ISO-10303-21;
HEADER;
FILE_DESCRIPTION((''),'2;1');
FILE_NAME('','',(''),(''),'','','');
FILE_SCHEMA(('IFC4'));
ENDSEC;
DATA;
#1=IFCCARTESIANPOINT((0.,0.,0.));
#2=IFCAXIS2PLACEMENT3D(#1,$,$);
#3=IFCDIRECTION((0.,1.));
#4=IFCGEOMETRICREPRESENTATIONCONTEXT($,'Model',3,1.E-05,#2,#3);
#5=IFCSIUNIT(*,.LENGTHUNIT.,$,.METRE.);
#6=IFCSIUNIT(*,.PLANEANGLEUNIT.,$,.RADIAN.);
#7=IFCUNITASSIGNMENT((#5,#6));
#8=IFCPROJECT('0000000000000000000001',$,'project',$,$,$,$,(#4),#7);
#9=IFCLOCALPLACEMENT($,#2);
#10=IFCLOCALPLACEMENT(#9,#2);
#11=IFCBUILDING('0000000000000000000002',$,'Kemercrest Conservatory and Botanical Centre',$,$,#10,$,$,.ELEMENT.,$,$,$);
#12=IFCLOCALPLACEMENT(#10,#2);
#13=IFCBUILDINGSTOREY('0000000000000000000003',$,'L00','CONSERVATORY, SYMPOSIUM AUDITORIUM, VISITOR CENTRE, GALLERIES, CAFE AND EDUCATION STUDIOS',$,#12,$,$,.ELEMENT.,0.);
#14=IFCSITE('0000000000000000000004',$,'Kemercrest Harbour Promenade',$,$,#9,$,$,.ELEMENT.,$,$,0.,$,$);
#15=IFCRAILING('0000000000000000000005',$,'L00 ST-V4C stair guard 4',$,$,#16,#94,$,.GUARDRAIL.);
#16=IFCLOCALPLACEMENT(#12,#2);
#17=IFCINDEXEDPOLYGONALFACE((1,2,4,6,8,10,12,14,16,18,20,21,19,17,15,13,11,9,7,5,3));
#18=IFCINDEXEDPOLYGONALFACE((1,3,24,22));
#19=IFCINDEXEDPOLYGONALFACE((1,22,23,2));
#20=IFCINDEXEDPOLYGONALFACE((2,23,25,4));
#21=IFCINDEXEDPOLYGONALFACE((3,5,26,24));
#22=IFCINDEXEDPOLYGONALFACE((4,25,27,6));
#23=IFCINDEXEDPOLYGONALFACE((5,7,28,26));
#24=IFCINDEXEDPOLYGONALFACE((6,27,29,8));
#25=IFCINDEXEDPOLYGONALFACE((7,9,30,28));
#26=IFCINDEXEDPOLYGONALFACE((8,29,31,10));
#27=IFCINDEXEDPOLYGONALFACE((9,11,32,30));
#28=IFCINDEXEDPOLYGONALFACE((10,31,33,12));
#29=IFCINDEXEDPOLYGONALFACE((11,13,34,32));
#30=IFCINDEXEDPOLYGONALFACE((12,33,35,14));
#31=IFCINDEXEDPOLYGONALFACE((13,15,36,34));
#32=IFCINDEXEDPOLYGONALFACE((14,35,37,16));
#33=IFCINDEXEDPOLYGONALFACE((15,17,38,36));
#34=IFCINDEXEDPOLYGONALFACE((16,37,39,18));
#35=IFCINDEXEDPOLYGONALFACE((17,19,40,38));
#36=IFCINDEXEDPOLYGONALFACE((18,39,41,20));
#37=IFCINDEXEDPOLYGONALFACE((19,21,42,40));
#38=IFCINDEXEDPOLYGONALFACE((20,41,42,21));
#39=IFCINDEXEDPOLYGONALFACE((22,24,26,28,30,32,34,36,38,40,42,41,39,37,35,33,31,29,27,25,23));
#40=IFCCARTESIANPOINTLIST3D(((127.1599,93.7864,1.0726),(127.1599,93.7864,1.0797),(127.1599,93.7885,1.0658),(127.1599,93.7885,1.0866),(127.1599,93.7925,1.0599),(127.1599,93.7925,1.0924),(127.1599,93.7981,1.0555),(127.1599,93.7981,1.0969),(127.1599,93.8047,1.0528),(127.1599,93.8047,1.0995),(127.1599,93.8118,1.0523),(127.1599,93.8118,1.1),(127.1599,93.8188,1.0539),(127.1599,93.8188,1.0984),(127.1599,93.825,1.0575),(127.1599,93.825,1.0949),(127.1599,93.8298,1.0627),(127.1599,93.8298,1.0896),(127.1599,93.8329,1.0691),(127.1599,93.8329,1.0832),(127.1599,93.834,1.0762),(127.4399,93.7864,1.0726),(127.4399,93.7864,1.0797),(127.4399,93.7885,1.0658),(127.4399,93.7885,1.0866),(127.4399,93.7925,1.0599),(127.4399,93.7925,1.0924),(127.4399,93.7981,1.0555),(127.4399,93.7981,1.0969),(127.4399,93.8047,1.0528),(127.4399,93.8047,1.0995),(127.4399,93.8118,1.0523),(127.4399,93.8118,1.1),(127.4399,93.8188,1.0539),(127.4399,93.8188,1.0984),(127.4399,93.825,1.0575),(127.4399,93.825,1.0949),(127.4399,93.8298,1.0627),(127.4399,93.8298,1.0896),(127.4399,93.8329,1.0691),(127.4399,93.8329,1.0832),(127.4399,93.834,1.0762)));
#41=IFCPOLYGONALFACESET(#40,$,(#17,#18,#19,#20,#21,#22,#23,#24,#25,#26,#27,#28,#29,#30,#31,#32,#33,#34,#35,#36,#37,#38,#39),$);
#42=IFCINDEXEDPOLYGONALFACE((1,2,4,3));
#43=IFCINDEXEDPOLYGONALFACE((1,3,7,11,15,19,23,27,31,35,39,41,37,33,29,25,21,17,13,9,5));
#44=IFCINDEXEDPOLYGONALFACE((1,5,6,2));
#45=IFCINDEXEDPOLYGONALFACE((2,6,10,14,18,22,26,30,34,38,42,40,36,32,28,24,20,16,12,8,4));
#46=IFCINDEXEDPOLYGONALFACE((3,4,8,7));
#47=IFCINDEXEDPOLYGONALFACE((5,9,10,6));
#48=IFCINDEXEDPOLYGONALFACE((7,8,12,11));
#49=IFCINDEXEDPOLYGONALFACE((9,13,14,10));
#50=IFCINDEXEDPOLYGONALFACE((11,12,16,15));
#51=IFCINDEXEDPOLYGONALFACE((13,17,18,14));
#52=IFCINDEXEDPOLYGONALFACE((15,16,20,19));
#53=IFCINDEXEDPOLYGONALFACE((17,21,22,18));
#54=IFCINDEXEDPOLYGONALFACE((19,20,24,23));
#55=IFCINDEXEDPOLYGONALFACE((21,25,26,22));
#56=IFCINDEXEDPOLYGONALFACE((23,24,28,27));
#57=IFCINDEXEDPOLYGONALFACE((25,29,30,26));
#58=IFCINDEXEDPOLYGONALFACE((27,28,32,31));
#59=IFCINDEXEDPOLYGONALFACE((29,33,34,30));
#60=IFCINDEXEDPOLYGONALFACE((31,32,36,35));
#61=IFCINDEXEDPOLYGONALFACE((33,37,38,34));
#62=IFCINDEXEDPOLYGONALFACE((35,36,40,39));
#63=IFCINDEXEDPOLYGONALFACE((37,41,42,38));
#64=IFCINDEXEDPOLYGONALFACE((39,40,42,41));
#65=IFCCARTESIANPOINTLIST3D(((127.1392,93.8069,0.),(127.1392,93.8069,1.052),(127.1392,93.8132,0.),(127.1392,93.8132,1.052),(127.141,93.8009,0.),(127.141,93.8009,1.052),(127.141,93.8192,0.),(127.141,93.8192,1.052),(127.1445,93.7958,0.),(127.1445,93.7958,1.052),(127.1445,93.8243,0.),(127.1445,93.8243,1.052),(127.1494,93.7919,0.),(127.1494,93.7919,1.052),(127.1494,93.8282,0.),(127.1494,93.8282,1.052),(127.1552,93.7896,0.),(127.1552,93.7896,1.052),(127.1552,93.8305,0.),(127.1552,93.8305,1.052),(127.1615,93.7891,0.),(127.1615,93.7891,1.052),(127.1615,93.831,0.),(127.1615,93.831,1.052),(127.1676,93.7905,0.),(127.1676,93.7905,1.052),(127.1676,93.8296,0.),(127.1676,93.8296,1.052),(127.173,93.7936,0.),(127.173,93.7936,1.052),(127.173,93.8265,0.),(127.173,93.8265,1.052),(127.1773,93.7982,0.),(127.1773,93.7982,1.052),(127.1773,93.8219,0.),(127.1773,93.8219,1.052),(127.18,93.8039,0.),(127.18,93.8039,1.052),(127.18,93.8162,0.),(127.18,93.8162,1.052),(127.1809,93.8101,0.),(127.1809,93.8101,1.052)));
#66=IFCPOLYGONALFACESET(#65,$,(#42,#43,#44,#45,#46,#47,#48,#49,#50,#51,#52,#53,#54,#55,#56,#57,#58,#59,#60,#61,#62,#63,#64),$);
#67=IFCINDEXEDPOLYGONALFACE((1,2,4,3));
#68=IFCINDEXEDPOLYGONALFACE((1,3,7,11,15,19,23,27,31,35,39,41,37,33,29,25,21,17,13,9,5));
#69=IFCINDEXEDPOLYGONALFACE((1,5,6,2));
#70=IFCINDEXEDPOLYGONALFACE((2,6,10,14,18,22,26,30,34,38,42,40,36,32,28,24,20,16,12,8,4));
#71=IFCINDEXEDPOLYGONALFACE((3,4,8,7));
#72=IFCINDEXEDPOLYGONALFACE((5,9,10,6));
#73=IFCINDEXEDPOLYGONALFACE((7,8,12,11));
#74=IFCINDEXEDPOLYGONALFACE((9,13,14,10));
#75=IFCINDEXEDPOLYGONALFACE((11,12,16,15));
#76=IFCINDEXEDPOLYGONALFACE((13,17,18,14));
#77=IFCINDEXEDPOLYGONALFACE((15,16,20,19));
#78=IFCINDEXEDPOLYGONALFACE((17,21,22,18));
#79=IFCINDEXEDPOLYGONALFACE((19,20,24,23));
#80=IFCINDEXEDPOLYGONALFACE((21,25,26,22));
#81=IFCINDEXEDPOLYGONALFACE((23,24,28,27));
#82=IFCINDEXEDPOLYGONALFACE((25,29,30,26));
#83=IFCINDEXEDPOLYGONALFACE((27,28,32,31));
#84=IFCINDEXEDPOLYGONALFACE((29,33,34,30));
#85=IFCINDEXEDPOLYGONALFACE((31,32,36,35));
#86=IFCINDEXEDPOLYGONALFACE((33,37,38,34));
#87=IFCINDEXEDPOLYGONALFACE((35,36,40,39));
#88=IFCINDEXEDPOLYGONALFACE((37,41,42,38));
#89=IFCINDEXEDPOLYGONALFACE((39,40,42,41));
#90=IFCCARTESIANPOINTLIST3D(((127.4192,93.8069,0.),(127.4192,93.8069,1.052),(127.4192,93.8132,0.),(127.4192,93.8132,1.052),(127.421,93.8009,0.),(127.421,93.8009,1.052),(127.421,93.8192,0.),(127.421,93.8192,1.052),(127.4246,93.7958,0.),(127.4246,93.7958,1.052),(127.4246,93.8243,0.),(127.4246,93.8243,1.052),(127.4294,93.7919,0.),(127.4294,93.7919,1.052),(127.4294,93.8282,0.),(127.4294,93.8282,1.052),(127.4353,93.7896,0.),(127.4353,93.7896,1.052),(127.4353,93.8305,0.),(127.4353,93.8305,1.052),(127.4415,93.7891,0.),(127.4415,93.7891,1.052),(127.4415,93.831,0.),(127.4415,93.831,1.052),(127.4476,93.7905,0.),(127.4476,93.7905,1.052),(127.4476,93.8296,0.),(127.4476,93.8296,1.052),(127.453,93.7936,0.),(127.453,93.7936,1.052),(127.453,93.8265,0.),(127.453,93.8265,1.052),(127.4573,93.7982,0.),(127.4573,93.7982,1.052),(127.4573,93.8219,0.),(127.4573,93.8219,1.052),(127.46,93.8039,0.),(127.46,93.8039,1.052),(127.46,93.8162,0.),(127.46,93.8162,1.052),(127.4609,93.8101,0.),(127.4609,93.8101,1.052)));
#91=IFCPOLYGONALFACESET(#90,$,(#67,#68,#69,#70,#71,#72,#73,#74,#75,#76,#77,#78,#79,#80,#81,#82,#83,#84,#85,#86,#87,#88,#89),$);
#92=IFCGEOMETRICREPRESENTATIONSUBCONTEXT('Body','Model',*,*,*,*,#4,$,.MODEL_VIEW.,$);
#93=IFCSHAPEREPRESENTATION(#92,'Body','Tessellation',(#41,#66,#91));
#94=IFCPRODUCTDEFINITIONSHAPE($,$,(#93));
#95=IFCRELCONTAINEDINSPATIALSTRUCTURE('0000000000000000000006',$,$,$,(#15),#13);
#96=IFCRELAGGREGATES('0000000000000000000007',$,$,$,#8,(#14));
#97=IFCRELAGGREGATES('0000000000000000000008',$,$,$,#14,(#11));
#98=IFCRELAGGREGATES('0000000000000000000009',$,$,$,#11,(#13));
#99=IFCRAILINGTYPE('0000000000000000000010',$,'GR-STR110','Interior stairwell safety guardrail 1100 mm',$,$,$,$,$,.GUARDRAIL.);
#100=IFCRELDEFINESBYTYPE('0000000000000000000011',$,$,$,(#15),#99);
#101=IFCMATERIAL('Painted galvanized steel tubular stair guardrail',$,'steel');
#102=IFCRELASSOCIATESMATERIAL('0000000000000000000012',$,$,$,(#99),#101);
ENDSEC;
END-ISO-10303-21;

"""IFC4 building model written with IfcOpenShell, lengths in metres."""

from ifc_helpers import new_model, si_unit, direction, frame, origin, origin_2d, place, context, subcontext, project, spatial, circle, extrude, material, type_object, element, save


model = new_model("IFC4")

# Units and contexts
model_context = context("Model", 3, precision=1e-05, world=origin(), true_north=direction((0.0, 1.0)))
body_context = subcontext(model_context, "Body", "Model", "MODEL_VIEW")
ifc_project = project(units=[si_unit("LENGTHUNIT", "METRE"), si_unit("PLANEANGLEUNIT", "RADIAN")], contexts=[model_context])

# Site, building, storey
site_placement = place(None, origin())
site = spatial("IfcSite", under=ifc_project, at=site_placement, Name="Kemercrest Harbour Promenade", CompositionType="ELEMENT", RefElevation=0.0)
building_placement = place(site_placement, origin())
building = spatial("IfcBuilding", under=site, at=building_placement, Name="Kemercrest Conservatory and Botanical Centre", CompositionType="ELEMENT")
storey_placement = place(building_placement, origin())
storey = spatial("IfcBuildingStorey", under=building, at=storey_placement, Name="L00", Description="CONSERVATORY, SYMPOSIUM AUDITORIUM, VISITOR CENTRE, GALLERIES, CAFE AND EDUCATION STUDIOS", CompositionType="ELEMENT", Elevation=0.0)

# Railing
ifc_material_1 = material(Name="Painted galvanized steel tubular stair guardrail", Category="steel")
railing_type_1 = type_object("IfcRailingType", Name="GR-STR110", Description="Interior stairwell safety guardrail 1100 mm", PredefinedType="GUARDRAIL", material=ifc_material_1)
railing_1_placement = place(storey_placement, frame((127.1599, 93.8101, 0.0)))
element("IfcRailing", 1, at=railing_1_placement, inside=storey, type_object=railing_type_1, Name="L00 ST-V4C stair guard 4", PredefinedType="GUARDRAIL", context=body_context, shape_type="SweptSolid", body=[
    extrude(circle(Radius=0.0239, at=origin_2d()), frame((0.0, 0.0, 1.0762), z_axis=(1.0, 0.0, 0.0), x_axis=(0.0, 1.0, 0.0)), (0.0, 0.0, 1.0), 0.28),
    extrude(circle(Radius=0.021, at=origin_2d()), origin(), (0.0, 0.0, 1.0), 1.052),
    extrude(circle(Radius=0.021, at=origin_2d()), frame((0.28, 0.0, 0.0)), (0.0, 0.0, 1.0), 1.052),
])

save(model, "model.ifc")
